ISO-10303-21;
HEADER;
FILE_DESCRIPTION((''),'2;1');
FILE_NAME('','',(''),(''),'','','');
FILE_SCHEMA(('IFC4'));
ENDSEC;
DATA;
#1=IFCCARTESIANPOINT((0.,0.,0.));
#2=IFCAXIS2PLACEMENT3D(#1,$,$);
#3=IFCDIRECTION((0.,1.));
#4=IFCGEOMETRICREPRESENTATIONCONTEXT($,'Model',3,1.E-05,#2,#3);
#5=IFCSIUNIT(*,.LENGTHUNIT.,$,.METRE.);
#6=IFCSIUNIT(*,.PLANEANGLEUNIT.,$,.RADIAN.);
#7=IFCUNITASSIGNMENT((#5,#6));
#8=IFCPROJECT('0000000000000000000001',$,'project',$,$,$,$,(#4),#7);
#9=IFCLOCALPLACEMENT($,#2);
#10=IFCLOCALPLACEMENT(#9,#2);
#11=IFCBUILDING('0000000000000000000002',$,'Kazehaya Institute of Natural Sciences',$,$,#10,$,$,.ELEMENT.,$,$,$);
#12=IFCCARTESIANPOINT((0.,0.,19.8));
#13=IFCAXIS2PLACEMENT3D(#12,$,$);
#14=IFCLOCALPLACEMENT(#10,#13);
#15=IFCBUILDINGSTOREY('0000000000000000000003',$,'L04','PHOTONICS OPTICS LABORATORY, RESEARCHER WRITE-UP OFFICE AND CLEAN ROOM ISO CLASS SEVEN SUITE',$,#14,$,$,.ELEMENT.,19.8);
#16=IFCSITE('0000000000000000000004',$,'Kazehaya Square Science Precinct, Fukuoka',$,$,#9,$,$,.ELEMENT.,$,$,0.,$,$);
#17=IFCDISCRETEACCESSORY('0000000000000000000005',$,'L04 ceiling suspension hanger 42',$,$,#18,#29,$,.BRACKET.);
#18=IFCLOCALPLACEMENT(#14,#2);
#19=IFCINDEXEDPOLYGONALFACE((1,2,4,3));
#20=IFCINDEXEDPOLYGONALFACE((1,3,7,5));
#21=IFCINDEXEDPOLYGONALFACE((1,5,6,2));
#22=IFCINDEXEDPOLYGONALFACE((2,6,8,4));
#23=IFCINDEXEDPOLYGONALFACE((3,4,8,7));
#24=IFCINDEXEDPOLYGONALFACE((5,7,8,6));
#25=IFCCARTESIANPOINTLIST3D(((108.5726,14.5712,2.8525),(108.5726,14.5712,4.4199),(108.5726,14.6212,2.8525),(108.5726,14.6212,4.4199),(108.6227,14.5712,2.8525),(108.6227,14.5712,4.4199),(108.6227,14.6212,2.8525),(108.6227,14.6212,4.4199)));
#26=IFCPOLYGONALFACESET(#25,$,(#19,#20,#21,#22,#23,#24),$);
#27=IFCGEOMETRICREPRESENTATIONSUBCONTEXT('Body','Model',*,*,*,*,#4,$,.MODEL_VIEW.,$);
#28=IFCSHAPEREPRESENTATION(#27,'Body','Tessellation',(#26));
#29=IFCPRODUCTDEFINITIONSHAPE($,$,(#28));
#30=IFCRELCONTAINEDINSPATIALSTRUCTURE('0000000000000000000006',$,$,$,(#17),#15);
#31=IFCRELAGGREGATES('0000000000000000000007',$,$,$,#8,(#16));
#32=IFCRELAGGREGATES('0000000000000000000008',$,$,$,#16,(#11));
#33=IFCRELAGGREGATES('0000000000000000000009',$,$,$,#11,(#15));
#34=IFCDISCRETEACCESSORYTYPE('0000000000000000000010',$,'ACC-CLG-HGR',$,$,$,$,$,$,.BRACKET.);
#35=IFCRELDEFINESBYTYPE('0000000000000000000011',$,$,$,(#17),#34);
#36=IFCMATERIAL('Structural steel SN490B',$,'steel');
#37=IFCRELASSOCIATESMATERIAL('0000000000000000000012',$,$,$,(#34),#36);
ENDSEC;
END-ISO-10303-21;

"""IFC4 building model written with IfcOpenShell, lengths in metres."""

from ifc_helpers import new_model, si_unit, direction, frame, origin, origin_2d, place, context, subcontext, project, spatial, rectangle, extrude, material, type_object, element, save


model = new_model("IFC4")

# Units and contexts
model_context = context("Model", 3, precision=1e-05, world=origin(), true_north=direction((0.0, 1.0)))
body_context = subcontext(model_context, "Body", "Model", "MODEL_VIEW")
ifc_project = project(units=[si_unit("LENGTHUNIT", "METRE"), si_unit("PLANEANGLEUNIT", "RADIAN")], contexts=[model_context])

# Site, building, storey
site_placement = place(None, origin())
site = spatial("IfcSite", under=ifc_project, at=site_placement, Name="Kazehaya Square Science Precinct, Fukuoka", CompositionType="ELEMENT", RefElevation=0.0)
building_placement = place(site_placement, origin())
building = spatial("IfcBuilding", under=site, at=building_placement, Name="Kazehaya Institute of Natural Sciences", CompositionType="ELEMENT")
storey_placement = place(building_placement, frame((0.0, 0.0, 19.8)))
storey = spatial("IfcBuildingStorey", under=building, at=storey_placement, Name="L04", Description="PHOTONICS OPTICS LABORATORY, RESEARCHER WRITE-UP OFFICE AND CLEAN ROOM ISO CLASS SEVEN SUITE", CompositionType="ELEMENT", Elevation=19.8)

# Discrete accessory
ifc_material_1 = material(Name="Structural steel SN490B", Category="steel")
discrete_accessory_type_1 = type_object("IfcDiscreteAccessoryType", Name="ACC-CLG-HGR", PredefinedType="BRACKET", material=ifc_material_1)
discrete_accessory_placement = place(storey_placement, frame((108.5977, 14.5962, 2.8525), z_axis=(0.0, 0.0, 1.0), x_axis=(1.0, 0.0, 0.0)))
element("IfcDiscreteAccessory", 1, at=discrete_accessory_placement, inside=storey, type_object=discrete_accessory_type_1, Name="L04 ceiling suspension hanger 42", PredefinedType="BRACKET", context=body_context, shape_type="SweptSolid", body=[
    extrude(rectangle(XDim=0.05, YDim=0.05, at=origin_2d()), origin(), (0.0, 0.0, 1.0), 1.5674),
])

save(model, "model.ifc")
